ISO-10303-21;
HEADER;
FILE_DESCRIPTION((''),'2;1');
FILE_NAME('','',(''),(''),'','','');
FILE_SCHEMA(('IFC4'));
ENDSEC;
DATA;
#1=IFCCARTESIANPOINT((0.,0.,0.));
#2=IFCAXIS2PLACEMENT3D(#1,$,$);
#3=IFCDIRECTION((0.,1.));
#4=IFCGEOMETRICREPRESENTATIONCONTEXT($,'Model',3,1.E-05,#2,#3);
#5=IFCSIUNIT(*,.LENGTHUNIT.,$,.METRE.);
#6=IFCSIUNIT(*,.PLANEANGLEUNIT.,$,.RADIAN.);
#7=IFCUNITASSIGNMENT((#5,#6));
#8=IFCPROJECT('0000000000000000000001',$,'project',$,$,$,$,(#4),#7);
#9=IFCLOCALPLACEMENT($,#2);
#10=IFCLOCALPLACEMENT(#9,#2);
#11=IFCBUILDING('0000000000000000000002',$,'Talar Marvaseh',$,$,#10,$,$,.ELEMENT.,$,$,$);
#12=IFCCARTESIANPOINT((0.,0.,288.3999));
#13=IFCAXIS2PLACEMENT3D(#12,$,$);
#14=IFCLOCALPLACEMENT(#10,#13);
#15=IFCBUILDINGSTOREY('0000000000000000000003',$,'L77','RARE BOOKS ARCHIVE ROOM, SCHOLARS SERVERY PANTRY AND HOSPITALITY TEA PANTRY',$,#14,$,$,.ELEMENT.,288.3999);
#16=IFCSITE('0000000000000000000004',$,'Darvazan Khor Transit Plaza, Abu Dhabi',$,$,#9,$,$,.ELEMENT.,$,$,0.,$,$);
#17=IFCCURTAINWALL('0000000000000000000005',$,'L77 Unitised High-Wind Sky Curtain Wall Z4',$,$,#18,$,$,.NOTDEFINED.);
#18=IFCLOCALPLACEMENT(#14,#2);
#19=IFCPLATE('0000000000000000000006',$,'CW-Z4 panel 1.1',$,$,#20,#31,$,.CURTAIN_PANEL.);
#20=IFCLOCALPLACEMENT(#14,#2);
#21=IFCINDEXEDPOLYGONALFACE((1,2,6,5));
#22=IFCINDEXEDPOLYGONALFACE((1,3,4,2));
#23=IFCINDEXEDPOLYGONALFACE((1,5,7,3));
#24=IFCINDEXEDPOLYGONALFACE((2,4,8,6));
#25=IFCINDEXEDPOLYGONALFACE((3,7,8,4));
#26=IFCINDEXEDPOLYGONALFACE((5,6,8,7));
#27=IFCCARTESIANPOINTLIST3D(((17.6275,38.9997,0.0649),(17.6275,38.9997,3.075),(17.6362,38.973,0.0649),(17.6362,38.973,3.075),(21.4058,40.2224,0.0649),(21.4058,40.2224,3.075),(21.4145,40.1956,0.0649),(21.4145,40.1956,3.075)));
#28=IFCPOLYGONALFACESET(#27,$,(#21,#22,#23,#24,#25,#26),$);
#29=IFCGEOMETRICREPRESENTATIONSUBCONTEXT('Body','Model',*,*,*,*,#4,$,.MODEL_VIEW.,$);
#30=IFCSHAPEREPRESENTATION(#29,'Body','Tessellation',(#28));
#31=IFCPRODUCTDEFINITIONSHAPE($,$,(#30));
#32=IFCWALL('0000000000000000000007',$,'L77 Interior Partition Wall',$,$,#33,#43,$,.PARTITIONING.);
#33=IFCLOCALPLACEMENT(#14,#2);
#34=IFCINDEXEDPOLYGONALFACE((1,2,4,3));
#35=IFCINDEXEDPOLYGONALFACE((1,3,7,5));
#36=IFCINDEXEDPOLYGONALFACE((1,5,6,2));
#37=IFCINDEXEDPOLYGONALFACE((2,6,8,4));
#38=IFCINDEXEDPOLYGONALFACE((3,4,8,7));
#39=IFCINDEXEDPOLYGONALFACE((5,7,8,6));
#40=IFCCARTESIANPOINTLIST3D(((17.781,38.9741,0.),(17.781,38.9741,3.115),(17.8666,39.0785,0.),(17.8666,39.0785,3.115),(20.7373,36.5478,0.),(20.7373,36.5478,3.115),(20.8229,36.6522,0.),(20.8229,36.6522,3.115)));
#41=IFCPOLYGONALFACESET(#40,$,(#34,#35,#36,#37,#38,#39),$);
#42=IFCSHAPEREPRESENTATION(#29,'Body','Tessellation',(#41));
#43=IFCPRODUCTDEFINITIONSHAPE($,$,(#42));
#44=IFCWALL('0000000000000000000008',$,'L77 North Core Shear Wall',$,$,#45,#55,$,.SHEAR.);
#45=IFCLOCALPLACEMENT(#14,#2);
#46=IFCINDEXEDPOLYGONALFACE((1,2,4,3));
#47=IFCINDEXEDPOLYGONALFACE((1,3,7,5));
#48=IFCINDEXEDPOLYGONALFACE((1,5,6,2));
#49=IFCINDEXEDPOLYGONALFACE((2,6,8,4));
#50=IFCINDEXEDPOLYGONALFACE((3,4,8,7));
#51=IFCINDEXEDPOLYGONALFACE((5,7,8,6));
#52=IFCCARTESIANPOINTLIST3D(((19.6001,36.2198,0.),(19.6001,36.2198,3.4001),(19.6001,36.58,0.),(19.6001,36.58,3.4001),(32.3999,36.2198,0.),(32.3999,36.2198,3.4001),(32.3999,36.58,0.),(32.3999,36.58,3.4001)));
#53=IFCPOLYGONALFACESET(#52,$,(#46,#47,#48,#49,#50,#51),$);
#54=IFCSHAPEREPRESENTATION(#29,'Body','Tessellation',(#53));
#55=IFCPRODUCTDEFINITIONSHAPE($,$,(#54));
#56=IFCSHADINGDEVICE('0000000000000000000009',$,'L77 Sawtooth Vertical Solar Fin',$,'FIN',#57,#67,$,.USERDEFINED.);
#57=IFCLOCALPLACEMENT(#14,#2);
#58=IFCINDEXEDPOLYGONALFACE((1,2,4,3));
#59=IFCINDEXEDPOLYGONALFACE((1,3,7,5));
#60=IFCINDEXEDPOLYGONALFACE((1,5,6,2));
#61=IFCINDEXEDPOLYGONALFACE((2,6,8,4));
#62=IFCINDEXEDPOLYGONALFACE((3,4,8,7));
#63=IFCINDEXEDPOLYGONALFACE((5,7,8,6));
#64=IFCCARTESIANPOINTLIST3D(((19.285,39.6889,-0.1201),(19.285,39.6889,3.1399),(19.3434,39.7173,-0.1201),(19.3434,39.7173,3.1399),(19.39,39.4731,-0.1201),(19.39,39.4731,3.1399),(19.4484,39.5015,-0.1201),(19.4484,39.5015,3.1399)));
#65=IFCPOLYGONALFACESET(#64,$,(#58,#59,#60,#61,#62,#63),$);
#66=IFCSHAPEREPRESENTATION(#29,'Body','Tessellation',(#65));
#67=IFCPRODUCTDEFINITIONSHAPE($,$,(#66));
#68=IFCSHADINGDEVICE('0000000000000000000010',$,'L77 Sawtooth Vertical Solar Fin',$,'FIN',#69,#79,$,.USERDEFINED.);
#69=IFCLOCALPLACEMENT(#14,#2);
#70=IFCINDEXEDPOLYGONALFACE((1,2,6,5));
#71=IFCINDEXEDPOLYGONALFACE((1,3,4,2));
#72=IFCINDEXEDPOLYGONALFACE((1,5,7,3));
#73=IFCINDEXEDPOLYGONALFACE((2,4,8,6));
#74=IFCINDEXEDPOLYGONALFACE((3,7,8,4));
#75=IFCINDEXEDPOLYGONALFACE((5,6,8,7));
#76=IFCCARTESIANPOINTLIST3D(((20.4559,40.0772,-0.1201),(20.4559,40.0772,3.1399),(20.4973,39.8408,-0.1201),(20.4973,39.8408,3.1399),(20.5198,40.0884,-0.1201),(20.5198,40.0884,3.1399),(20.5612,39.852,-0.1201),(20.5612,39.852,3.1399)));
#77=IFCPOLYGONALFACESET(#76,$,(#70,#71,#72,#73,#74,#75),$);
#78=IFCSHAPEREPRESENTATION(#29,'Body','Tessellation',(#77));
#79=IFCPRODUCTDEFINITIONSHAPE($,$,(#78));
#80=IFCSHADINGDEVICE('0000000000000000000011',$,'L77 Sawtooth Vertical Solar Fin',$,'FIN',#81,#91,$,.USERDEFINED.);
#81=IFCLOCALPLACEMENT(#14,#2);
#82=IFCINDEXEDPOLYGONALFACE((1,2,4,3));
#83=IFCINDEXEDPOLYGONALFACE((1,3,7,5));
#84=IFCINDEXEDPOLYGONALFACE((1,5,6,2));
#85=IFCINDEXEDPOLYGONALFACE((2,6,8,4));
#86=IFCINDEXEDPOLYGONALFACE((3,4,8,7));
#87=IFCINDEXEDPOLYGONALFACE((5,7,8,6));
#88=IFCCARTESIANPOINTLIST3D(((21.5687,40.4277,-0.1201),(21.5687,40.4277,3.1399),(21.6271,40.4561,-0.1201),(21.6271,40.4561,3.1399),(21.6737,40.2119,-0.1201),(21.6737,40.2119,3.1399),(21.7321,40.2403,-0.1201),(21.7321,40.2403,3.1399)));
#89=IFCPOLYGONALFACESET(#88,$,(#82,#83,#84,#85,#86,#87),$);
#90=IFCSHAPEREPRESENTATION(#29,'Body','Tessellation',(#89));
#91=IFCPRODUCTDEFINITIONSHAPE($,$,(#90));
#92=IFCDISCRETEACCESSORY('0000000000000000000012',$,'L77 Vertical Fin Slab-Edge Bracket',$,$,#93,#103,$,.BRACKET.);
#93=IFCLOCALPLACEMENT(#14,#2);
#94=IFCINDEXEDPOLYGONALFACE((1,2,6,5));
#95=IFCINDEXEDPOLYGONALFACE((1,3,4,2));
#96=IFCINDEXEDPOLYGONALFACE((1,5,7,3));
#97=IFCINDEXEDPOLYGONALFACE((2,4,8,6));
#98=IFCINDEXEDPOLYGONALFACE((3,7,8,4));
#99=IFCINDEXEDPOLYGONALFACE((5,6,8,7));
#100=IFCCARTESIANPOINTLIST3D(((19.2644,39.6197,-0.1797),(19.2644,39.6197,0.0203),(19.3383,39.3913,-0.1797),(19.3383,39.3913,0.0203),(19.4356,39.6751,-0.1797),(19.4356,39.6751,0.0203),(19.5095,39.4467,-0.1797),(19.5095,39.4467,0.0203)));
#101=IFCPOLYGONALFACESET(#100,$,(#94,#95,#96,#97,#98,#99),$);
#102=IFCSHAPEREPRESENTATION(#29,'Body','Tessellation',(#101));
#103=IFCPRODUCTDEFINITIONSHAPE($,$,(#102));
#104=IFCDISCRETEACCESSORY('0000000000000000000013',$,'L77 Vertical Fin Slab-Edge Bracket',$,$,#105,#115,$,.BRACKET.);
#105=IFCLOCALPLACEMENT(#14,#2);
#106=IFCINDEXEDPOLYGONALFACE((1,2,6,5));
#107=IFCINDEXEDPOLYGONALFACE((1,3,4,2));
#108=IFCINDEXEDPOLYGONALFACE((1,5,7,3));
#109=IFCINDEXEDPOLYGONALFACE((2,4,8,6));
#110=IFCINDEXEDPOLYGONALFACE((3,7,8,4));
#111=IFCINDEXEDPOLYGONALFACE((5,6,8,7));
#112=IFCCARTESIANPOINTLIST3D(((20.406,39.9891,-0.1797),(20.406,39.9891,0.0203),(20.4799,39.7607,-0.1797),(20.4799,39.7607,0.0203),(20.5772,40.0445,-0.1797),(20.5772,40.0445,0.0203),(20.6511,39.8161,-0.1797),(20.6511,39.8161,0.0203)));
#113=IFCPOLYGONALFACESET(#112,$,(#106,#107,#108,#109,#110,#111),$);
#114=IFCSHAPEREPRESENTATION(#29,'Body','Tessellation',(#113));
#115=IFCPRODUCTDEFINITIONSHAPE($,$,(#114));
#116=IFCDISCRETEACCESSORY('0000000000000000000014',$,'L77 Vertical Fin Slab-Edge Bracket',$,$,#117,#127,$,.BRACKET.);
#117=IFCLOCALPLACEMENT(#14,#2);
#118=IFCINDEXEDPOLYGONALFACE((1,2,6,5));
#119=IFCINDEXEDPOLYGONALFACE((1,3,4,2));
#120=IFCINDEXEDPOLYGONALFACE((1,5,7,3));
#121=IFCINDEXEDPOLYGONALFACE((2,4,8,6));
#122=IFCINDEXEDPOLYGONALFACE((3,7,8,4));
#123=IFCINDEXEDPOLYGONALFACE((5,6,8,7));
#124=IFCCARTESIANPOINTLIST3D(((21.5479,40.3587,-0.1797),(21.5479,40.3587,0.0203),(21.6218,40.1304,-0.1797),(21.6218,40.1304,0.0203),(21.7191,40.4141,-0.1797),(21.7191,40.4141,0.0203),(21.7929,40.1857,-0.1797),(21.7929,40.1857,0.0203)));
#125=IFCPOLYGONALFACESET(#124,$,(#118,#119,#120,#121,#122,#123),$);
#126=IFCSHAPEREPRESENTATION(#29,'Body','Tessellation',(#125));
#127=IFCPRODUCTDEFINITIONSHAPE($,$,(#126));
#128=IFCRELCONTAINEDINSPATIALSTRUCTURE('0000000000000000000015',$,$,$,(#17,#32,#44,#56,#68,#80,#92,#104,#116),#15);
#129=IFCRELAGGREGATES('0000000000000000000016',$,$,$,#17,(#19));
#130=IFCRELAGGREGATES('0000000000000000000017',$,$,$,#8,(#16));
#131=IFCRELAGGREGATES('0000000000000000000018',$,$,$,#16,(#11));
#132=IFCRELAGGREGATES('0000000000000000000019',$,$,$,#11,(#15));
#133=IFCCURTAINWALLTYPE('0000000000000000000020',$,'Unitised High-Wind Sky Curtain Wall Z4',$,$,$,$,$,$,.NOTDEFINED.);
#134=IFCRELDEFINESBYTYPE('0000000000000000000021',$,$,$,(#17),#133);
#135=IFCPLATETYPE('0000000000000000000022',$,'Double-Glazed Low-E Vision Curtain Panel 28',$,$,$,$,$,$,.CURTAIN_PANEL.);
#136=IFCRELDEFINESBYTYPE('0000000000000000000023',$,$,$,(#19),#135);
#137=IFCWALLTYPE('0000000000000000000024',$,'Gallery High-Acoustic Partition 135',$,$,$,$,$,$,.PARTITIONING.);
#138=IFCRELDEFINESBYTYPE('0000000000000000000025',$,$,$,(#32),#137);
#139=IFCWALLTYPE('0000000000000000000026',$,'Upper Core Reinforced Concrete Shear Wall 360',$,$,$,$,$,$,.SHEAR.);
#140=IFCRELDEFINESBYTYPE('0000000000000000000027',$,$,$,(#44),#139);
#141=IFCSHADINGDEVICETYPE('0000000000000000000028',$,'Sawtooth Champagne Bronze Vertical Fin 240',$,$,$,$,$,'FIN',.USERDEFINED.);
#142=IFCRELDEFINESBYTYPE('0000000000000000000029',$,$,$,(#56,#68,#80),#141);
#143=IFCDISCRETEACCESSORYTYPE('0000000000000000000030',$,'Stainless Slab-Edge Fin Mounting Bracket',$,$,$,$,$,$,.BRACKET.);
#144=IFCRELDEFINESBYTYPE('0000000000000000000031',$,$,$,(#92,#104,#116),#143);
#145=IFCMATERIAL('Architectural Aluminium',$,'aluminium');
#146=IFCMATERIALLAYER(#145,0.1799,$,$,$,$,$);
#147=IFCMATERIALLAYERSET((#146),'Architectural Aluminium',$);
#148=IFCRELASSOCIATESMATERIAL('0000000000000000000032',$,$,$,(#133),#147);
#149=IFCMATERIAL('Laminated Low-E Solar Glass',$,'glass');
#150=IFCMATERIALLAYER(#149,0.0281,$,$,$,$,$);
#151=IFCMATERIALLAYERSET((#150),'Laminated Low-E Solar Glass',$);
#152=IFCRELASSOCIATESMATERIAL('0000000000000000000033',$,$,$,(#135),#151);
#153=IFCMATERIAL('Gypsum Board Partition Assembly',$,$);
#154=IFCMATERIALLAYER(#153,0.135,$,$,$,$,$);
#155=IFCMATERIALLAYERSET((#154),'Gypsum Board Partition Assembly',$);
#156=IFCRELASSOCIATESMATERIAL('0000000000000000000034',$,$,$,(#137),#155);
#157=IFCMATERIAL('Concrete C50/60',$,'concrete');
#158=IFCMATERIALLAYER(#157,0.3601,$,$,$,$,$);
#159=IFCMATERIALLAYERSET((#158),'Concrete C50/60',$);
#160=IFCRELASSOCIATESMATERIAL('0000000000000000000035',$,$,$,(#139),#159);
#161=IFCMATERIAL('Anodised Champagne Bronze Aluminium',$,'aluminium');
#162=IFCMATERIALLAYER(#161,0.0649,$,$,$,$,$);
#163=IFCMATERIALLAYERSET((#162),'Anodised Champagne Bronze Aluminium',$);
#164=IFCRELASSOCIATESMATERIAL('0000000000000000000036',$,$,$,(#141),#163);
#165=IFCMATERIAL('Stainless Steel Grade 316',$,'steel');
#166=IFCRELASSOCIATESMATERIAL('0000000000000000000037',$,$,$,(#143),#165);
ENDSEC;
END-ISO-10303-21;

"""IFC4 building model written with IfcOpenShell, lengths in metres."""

from ifc_helpers import new_model, si_unit, direction, frame, frame_2d, origin, origin_2d, place, context, subcontext, project, spatial, rectangle, extrude, source, transform, mapped, material, layer, layer_set, type_object, type_shapes, element, aggregate, save


model = new_model("IFC4")

# Units and contexts
model_context = context("Model", 3, precision=1e-05, world=origin(), true_north=direction((0.0, 1.0)))
body_context = subcontext(model_context, "Body", "Model", "MODEL_VIEW")
ifc_project = project(units=[si_unit("LENGTHUNIT", "METRE"), si_unit("PLANEANGLEUNIT", "RADIAN")], contexts=[model_context])

# Site, building, storey
site_placement = place(None, origin())
site = spatial("IfcSite", under=ifc_project, at=site_placement, Name="Darvazan Khor Transit Plaza, Abu Dhabi", CompositionType="ELEMENT", RefElevation=0.0)
building_placement = place(site_placement, origin())
building = spatial("IfcBuilding", under=site, at=building_placement, Name="Talar Marvaseh", CompositionType="ELEMENT")
storey_placement = place(building_placement, frame((0.0, 0.0, 288.3999)))
storey = spatial("IfcBuildingStorey", under=building, at=storey_placement, Name="L77", Description="RARE BOOKS ARCHIVE ROOM, SCHOLARS SERVERY PANTRY AND HOSPITALITY TEA PANTRY", CompositionType="ELEMENT", Elevation=288.3999)

# Shared definitions
ifc_material_1 = material(Name="Concrete C50/60", Category="concrete")

# Curtain wall, plate
ifc_material_2 = material(Name="Architectural Aluminium", Category="aluminium")
ifc_layer_1 = layer(ifc_material_2, 0.1799)
ifc_layer_set_1 = layer_set([ifc_layer_1], Name="Architectural Aluminium")
curtain_wall_type = type_object("IfcCurtainWallType", Name="Unitised High-Wind Sky Curtain Wall Z4", PredefinedType="NOTDEFINED", material=ifc_layer_set_1)
curtain_wall_placement = place(storey_placement, origin())
curtain_wall = element("IfcCurtainWall", 1, at=curtain_wall_placement, inside=storey, type_object=curtain_wall_type, Name="L77 Unitised High-Wind Sky Curtain Wall Z4", PredefinedType="NOTDEFINED")
ifc_material_3 = material(Name="Laminated Low-E Solar Glass", Category="glass")
ifc_layer_2 = layer(ifc_material_3, 0.0281)
ifc_layer_set_2 = layer_set([ifc_layer_2], Name="Laminated Low-E Solar Glass")
plate_type = type_object("IfcPlateType", Name="Double-Glazed Low-E Vision Curtain Panel 28", PredefinedType="CURTAIN_PANEL", material=ifc_layer_set_2)
shared_shape_1 = source(origin(), body_context, "Body", "SweptSolid", [
    extrude(rectangle(XDim=3.9712, YDim=0.0281, at=origin_2d()), origin(), (0.0, 0.0, 1.0), 3.01),
])
type_shapes(plate_type, [shared_shape_1])
plate_placement = place(storey_placement, frame((19.521, 39.5977, 0.0649), z_axis=(0.0, 0.0, 1.0), x_axis=(0.951422, 0.307889, 0.0)))
plate = element("IfcPlate", 2, at=plate_placement, type_object=plate_type, Name="CW-Z4 panel 1.1", PredefinedType="CURTAIN_PANEL", context=body_context, shape_type="MappedRepresentation", body=[
    mapped(shared_shape_1, transform((0.0, 0.0, 0.0), x_axis=(1.0, 0.0, 0.0), y_axis=(0.0, 1.0, 0.0), z_axis=(0.0, 0.0, 1.0), scale=1.0)),
])
aggregate(curtain_wall, [plate])

# Walls
ifc_material_4 = material(Name="Gypsum Board Partition Assembly")
ifc_layer_3 = layer(ifc_material_4, 0.135)
ifc_layer_set_3 = layer_set([ifc_layer_3], Name="Gypsum Board Partition Assembly")
wall_type_1 = type_object("IfcWallType", Name="Gallery High-Acoustic Partition 135", PredefinedType="PARTITIONING", material=ifc_layer_set_3)
wall_1_placement = place(storey_placement, frame((20.78, 36.6001, 0.0), z_axis=(0.0, 0.0, 1.0), x_axis=(-0.772998, 0.634409, 0.0)))
element("IfcWall", 3, at=wall_1_placement, inside=storey, type_object=wall_type_1, Name="L77 Interior Partition Wall", PredefinedType="PARTITIONING", context=body_context, shape_type="SweptSolid", body=[
    extrude(rectangle(XDim=3.8245, YDim=0.135, at=frame_2d((1.9121, 0.0))), origin(), (0.0, 0.0, 1.0), 3.115),
])
ifc_layer_4 = layer(ifc_material_1, 0.3601)
ifc_layer_set_4 = layer_set([ifc_layer_4], Name="Concrete C50/60")
wall_type_2 = type_object("IfcWallType", Name="Upper Core Reinforced Concrete Shear Wall 360", PredefinedType="SHEAR", material=ifc_layer_set_4)
wall_2_placement = place(storey_placement, frame((19.6001, 36.3999, 0.0), z_axis=(0.0, 0.0, 1.0), x_axis=(1.0, 0.0, 0.0)))
element("IfcWall", 4, at=wall_2_placement, inside=storey, type_object=wall_type_2, Name="L77 North Core Shear Wall", PredefinedType="SHEAR", context=body_context, shape_type="SweptSolid", body=[
    extrude(rectangle(XDim=12.7998, YDim=0.3601, at=frame_2d((6.3999, 0.0))), origin(), (0.0, 0.0, 1.0), 3.4001),
])

# Shading devices
ifc_material_5 = material(Name="Anodised Champagne Bronze Aluminium", Category="aluminium")
ifc_layer_5 = layer(ifc_material_5, 0.0649)
ifc_layer_set_5 = layer_set([ifc_layer_5], Name="Anodised Champagne Bronze Aluminium")
shading_device_type = type_object("IfcShadingDeviceType", Name="Sawtooth Champagne Bronze Vertical Fin 240", ElementType="FIN", PredefinedType="USERDEFINED", material=ifc_layer_set_5)
shared_shape_2 = source(origin(), body_context, "Body", "SweptSolid", [
    extrude(rectangle(XDim=0.24, YDim=0.0649, at=origin_2d()), origin(), (0.0, 0.0, 1.0), 3.26),
])
type_shapes(shading_device_type, [shared_shape_2])
for number, where, z_axis, x_axis, name in (
    (5, (19.3667, 39.5952, -0.1201), (0.0, 0.0, 1.0), (-0.437273, 0.899329, 0.0), "L77 Sawtooth Vertical Solar Fin"),
    (6, (20.5085, 39.9646, -0.1201), (0.0, 0.0, 1.0), (-0.172445, 0.985019, 0.0), "L77 Sawtooth Vertical Solar Fin"),
    (7, (21.6504, 40.334, -0.1201), (0.0, 0.0, 1.0), (-0.437273, 0.899329, 0.0), "L77 Sawtooth Vertical Solar Fin"),
):
    element("IfcShadingDevice", number, at=place(storey_placement, frame(where, z_axis=z_axis, x_axis=x_axis)), inside=storey, type_object=shading_device_type, Name=name, ObjectType="FIN", PredefinedType="USERDEFINED", context=body_context, shape_type="MappedRepresentation", body=[
        mapped(shared_shape_2, transform((0.0, 0.0, 0.0), x_axis=(1.0, 0.0, 0.0), y_axis=(0.0, 1.0, 0.0), z_axis=(0.0, 0.0, 1.0), scale=1.0)),
    ])

# Discrete accessories
ifc_material_6 = material(Name="Stainless Steel Grade 316", Category="steel")
discrete_accessory_type = type_object("IfcDiscreteAccessoryType", Name="Stainless Slab-Edge Fin Mounting Bracket", PredefinedType="BRACKET", material=ifc_material_6)
shared_shape_3 = source(origin(), body_context, "Body", "SweptSolid", [
    extrude(rectangle(XDim=0.24, YDim=0.1799, at=origin_2d()), origin(), (0.0, 0.0, 1.0), 0.2),
])
type_shapes(discrete_accessory_type, [shared_shape_3])
for number, where, z_axis, x_axis, name in (
    (8, (19.387, 39.5332, -0.1797), (0.0, 0.0, 1.0), (-0.307855, 0.951433, 0.0), "L77 Vertical Fin Slab-Edge Bracket"),
    (9, (20.5286, 39.9026, -0.1797), (0.0, 0.0, 1.0), (-0.307855, 0.951433, 0.0), "L77 Vertical Fin Slab-Edge Bracket"),
    (10, (21.6704, 40.2722, -0.1797), (0.0, 0.0, 1.0), (-0.307855, 0.951433, 0.0), "L77 Vertical Fin Slab-Edge Bracket"),
):
    element("IfcDiscreteAccessory", number, at=place(storey_placement, frame(where, z_axis=z_axis, x_axis=x_axis)), inside=storey, type_object=discrete_accessory_type, Name=name, PredefinedType="BRACKET", context=body_context, shape_type="MappedRepresentation", body=[
        mapped(shared_shape_3, transform((0.0, 0.0, 0.0), x_axis=(1.0, 0.0, 0.0), y_axis=(0.0, 1.0, 0.0), z_axis=(0.0, 0.0, 1.0), scale=1.0)),
    ])

save(model, "model.ifc")
